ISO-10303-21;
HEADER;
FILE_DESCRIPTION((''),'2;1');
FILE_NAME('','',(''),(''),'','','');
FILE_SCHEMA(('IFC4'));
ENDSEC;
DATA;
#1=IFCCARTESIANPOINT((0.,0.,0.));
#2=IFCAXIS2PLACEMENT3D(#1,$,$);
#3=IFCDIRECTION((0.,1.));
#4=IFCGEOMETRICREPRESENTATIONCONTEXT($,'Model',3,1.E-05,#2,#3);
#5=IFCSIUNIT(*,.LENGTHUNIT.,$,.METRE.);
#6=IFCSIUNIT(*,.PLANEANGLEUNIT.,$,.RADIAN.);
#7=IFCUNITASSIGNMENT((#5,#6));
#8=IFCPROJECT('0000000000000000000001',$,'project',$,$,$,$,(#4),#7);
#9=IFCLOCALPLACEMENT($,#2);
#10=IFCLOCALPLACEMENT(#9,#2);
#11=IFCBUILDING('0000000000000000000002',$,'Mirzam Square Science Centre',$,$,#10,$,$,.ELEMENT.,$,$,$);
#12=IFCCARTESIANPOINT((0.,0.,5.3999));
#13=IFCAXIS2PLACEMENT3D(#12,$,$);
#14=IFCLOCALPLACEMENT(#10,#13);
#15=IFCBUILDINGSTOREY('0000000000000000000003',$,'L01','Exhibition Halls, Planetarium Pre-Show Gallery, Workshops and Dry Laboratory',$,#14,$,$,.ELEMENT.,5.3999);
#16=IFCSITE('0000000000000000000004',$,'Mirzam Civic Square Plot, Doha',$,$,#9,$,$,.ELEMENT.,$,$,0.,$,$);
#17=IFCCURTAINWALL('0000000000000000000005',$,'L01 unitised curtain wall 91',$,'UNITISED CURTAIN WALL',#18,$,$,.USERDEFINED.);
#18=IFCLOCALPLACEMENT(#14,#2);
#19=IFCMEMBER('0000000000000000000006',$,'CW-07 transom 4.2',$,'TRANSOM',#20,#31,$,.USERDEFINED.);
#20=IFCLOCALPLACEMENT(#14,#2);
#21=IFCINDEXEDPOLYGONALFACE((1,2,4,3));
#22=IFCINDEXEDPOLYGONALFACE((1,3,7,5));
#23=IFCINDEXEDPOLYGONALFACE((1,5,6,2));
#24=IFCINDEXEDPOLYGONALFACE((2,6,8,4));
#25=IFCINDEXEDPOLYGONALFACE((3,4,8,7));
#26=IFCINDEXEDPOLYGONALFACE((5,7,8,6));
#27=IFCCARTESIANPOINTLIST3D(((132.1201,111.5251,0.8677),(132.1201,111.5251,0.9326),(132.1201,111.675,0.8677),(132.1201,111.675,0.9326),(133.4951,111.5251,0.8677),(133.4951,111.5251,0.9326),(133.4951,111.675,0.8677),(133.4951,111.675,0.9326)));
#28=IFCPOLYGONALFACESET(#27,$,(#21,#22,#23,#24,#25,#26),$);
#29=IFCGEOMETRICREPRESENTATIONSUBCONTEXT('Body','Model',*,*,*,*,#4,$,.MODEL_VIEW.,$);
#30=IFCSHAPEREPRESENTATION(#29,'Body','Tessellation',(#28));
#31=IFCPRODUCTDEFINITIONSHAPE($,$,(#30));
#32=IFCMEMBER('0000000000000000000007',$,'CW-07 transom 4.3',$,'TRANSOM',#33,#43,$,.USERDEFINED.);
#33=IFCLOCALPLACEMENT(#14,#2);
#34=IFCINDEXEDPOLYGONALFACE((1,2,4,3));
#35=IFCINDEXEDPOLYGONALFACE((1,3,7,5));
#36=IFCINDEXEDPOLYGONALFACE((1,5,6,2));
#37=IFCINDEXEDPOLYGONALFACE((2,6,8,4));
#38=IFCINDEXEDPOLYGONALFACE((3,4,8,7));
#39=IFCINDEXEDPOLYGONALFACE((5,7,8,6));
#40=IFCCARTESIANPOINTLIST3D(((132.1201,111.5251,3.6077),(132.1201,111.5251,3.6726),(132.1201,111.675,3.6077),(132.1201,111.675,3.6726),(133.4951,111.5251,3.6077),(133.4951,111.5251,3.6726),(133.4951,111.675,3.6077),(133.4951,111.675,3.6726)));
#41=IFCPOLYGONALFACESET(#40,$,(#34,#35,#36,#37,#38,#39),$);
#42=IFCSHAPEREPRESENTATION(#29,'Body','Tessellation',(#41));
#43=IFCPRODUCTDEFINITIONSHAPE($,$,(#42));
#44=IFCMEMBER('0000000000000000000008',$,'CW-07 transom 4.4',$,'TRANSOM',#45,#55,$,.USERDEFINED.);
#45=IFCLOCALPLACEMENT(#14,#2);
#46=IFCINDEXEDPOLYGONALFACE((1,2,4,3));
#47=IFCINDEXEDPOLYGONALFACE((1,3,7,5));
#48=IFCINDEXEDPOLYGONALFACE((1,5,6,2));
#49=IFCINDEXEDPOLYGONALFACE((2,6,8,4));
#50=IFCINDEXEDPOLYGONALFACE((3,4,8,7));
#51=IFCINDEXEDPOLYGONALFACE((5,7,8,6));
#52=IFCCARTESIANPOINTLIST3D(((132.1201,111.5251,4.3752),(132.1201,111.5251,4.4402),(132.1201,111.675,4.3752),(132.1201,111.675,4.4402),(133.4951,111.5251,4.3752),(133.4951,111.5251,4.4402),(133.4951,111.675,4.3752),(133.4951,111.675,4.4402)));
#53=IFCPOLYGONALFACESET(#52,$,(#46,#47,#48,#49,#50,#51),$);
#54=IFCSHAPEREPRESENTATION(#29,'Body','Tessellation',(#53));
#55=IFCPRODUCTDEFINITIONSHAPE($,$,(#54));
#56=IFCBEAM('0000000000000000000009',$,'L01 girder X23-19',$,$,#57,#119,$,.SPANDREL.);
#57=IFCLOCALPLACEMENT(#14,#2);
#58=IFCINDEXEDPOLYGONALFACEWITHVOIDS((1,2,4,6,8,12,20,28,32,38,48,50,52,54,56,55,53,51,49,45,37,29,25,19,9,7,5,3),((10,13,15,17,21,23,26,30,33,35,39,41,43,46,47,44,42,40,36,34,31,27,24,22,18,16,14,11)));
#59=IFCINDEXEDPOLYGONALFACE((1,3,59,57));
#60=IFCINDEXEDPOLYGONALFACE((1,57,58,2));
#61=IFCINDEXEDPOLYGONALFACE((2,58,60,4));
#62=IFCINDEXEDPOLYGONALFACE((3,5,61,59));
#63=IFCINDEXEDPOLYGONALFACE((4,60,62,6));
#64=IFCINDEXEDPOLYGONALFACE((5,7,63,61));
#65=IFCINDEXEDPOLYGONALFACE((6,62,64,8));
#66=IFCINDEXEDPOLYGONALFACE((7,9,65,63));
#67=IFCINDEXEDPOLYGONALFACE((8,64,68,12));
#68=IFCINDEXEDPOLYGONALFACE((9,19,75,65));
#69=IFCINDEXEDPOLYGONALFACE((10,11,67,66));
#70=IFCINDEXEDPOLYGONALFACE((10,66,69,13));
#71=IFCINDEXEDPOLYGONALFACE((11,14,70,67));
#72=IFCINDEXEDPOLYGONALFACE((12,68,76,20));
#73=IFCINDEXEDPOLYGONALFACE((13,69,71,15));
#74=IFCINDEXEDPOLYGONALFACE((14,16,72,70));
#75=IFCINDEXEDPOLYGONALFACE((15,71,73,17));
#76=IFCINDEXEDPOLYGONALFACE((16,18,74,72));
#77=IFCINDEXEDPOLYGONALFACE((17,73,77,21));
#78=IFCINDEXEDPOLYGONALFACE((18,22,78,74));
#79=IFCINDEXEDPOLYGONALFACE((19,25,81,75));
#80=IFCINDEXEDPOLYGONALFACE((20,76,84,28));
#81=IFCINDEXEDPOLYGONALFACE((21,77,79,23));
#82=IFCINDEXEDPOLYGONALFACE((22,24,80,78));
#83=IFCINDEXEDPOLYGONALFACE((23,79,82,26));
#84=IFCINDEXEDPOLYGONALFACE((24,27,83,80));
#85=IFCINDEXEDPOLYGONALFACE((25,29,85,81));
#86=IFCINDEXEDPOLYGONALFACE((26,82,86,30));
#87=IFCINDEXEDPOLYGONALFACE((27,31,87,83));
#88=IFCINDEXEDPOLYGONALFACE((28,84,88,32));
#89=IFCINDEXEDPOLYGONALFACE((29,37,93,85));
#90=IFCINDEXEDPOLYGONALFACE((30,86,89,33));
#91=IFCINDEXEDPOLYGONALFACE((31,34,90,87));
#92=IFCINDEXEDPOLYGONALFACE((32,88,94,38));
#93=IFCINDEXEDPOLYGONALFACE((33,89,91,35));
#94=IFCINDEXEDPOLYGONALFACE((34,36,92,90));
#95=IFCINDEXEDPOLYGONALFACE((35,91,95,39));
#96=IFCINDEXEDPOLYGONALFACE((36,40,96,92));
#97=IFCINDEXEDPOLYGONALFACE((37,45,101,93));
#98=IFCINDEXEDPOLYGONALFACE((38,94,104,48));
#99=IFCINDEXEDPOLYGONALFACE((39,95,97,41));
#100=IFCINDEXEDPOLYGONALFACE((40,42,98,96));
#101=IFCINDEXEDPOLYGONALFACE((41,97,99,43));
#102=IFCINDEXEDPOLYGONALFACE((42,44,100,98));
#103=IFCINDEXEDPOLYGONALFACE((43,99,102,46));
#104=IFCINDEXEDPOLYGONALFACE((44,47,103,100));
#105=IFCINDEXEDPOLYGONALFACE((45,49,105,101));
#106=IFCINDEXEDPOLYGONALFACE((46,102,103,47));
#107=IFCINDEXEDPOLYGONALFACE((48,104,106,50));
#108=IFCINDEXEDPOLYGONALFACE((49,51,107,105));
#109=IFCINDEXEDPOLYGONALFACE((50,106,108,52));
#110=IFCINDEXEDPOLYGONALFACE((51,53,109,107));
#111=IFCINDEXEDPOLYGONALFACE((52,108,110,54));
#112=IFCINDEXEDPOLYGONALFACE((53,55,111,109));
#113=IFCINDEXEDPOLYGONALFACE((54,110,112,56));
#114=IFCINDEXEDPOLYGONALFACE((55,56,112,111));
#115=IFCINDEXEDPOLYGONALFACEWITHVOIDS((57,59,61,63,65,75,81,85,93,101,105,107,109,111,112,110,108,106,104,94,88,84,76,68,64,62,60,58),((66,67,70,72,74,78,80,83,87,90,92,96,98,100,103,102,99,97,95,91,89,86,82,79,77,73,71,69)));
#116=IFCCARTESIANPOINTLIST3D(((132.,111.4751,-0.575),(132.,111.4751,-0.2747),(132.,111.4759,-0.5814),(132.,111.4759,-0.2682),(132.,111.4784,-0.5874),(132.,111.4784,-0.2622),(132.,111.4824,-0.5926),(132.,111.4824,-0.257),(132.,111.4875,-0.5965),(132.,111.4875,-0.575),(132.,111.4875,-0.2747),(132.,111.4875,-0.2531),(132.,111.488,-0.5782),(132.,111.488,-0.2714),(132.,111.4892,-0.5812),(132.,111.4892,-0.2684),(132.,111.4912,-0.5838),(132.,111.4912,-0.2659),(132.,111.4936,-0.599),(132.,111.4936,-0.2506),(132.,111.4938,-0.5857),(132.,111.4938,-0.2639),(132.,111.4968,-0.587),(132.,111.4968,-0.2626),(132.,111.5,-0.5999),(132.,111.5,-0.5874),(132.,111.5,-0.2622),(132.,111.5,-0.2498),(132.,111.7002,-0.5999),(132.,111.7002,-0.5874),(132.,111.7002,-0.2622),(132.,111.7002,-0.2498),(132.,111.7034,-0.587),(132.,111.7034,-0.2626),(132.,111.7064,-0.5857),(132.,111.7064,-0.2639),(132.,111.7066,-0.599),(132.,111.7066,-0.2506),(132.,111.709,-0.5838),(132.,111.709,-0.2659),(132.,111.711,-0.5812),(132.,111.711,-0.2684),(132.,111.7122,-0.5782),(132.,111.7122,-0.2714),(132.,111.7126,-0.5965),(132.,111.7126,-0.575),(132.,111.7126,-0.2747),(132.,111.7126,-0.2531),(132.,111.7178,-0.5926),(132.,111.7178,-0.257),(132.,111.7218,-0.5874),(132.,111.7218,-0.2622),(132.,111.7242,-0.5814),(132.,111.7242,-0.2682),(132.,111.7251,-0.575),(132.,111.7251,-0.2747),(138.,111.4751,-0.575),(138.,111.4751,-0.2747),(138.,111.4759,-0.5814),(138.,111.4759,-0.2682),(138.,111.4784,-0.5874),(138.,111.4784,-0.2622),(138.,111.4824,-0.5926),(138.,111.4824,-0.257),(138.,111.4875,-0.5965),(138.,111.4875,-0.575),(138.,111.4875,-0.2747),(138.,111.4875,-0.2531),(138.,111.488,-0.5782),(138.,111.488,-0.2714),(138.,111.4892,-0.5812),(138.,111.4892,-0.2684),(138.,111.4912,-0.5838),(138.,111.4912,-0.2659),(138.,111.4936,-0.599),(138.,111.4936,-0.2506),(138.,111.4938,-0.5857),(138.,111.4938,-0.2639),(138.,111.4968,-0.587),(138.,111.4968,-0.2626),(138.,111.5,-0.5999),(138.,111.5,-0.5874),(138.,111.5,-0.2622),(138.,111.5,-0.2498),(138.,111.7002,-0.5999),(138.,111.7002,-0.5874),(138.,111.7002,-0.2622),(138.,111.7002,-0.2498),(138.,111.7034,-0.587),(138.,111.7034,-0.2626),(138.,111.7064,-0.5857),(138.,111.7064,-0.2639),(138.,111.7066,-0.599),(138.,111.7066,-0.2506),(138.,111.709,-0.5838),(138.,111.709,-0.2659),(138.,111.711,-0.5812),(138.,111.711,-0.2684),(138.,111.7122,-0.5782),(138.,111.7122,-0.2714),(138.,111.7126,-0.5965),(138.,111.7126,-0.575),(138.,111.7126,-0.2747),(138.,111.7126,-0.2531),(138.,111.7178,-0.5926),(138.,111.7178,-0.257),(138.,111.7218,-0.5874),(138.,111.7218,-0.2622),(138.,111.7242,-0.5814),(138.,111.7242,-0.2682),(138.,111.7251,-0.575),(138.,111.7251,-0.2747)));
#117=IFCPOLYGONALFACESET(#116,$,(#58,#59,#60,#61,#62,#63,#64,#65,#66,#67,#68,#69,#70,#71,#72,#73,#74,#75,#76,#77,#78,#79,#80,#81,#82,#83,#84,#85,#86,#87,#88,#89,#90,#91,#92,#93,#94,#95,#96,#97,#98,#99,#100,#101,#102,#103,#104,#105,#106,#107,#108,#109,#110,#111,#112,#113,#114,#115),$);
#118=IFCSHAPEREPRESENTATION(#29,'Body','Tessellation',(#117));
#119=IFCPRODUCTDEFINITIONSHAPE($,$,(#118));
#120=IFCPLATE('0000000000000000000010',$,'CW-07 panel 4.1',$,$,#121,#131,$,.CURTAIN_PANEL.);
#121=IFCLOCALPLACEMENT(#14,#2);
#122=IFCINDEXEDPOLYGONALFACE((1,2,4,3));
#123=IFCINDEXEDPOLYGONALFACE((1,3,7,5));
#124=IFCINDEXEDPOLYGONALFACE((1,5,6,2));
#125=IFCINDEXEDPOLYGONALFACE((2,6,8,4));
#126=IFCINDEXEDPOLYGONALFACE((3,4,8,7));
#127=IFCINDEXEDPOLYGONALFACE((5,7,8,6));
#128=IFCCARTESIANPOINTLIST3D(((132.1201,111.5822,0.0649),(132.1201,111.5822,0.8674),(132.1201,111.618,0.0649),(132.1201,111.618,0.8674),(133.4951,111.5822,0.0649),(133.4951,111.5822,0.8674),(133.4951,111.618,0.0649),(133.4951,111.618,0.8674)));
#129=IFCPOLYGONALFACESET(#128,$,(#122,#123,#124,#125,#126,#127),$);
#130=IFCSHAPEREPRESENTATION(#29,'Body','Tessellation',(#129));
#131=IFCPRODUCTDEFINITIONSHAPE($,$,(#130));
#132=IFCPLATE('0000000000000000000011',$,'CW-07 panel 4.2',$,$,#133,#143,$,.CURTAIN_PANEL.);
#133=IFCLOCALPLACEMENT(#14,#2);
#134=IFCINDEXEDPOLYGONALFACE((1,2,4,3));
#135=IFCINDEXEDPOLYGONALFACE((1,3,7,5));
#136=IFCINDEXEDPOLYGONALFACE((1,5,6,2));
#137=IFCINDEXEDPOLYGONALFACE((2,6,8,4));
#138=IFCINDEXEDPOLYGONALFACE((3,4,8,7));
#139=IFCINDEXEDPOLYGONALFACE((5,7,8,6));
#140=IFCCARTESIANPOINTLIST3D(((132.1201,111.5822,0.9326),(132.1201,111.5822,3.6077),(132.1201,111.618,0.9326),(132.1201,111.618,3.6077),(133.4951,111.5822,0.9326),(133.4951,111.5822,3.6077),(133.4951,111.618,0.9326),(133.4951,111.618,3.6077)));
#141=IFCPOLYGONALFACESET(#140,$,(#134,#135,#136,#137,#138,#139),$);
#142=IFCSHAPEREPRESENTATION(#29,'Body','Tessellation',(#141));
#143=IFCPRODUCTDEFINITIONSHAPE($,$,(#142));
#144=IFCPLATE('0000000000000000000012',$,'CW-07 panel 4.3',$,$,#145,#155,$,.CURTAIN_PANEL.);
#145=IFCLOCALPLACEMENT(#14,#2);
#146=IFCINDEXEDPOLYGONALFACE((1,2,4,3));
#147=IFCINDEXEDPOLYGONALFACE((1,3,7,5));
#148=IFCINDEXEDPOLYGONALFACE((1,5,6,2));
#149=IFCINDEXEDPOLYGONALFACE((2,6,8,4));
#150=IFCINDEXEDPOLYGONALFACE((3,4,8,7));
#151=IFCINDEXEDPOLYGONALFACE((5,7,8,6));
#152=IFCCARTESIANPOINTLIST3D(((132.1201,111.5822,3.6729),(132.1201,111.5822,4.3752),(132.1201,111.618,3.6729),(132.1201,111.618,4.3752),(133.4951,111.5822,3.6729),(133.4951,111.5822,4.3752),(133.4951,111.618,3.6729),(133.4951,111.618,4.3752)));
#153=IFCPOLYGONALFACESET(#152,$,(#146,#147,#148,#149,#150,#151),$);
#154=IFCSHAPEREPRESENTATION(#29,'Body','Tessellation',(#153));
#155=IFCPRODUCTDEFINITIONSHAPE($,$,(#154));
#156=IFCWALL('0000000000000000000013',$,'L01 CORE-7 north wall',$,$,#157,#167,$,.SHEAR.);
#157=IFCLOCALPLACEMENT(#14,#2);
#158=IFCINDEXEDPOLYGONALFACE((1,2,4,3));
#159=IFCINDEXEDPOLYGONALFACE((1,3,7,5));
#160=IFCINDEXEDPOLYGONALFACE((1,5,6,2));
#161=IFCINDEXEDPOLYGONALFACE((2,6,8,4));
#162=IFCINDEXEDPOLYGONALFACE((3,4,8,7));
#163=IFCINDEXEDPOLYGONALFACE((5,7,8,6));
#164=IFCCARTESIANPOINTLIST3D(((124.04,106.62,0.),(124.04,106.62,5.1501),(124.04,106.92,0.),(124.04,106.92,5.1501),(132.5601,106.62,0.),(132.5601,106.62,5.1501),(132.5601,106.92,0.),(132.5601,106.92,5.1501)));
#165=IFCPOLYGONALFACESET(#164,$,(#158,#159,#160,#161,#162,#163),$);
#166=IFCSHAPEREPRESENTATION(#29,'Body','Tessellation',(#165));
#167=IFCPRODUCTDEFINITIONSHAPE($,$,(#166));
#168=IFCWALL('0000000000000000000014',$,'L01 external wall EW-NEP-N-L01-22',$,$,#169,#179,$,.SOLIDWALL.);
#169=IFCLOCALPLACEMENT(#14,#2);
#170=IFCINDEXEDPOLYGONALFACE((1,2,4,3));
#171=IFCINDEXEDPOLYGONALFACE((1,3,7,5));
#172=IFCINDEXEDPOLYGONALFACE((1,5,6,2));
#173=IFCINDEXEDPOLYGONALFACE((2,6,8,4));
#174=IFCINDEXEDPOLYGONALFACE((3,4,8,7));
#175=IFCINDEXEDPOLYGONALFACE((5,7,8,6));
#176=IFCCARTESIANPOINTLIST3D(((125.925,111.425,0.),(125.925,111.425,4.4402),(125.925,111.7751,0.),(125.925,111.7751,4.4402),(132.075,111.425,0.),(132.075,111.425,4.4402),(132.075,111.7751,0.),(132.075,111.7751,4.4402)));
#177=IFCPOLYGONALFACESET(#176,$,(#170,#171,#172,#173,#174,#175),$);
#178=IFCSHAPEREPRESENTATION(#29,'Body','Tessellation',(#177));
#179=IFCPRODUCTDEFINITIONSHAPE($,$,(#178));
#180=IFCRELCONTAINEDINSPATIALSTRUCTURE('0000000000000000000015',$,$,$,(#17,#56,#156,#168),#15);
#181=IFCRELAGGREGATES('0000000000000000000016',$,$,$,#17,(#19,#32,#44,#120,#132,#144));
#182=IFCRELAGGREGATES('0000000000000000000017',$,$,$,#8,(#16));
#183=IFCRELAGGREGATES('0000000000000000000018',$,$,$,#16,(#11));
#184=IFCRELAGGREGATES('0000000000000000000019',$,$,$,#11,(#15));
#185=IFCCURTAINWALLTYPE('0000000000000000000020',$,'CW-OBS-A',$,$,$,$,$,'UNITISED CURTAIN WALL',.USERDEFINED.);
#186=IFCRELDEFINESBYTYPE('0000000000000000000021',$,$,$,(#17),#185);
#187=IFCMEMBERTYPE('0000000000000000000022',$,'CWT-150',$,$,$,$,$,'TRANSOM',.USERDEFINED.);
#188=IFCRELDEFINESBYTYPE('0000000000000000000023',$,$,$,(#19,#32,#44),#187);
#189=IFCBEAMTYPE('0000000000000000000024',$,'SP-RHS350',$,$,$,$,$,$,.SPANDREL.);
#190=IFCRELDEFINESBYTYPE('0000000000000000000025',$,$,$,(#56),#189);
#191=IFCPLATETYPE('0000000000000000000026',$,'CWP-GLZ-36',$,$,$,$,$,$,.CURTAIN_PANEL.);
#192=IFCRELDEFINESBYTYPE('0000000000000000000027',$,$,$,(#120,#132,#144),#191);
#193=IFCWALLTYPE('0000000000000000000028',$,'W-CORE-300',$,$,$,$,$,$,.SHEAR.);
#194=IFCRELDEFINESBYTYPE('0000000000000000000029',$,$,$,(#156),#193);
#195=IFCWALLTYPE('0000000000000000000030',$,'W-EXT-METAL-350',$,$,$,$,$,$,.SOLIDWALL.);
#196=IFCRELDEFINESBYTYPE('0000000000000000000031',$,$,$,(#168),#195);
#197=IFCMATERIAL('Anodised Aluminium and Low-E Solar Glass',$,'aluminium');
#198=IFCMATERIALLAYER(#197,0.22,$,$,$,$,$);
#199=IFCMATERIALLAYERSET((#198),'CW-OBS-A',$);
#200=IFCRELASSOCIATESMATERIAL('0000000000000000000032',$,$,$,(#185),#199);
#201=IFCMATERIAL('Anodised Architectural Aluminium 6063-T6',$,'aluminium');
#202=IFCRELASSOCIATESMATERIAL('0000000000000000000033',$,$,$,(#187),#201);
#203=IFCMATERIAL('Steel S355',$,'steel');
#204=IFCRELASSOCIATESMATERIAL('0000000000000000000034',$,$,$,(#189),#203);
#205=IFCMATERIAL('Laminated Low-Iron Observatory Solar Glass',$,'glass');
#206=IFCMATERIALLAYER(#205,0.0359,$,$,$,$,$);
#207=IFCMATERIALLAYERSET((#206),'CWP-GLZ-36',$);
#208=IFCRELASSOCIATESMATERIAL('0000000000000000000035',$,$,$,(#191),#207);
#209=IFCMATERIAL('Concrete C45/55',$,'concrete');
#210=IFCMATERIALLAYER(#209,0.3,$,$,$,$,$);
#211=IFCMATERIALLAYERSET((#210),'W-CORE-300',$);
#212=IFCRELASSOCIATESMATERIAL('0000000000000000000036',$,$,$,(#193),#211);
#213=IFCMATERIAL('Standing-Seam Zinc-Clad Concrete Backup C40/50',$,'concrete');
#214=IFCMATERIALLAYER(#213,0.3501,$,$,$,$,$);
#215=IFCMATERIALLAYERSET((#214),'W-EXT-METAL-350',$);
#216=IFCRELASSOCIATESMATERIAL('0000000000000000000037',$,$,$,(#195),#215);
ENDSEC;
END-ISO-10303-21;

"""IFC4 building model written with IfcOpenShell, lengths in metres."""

from ifc_helpers import new_model, si_unit, direction, frame, frame_2d, origin, origin_2d, place, context, subcontext, project, spatial, rectangle, hollow_rectangle, extrude, material, layer, layer_set, material_profile, profile_set, type_object, element, aggregate, save


model = new_model("IFC4")

# Units and contexts
model_context = context("Model", 3, precision=1e-05, world=origin(), true_north=direction((0.0, 1.0)))
body_context = subcontext(model_context, "Body", "Model", "MODEL_VIEW")
ifc_project = project(units=[si_unit("LENGTHUNIT", "METRE"), si_unit("PLANEANGLEUNIT", "RADIAN")], contexts=[model_context])

# Site, building, storey
site_placement = place(None, origin())
site = spatial("IfcSite", under=ifc_project, at=site_placement, Name="Mirzam Civic Square Plot, Doha", CompositionType="ELEMENT", RefElevation=0.0)
building_placement = place(site_placement, origin())
building = spatial("IfcBuilding", under=site, at=building_placement, Name="Mirzam Square Science Centre", CompositionType="ELEMENT")
storey_placement = place(building_placement, frame((0.0, 0.0, 5.3999)))
storey = spatial("IfcBuildingStorey", under=building, at=storey_placement, Name="L01", Description="Exhibition Halls, Planetarium Pre-Show Gallery, Workshops and Dry Laboratory", CompositionType="ELEMENT", Elevation=5.3999)

# Shared definitions
ifc_material_1 = material(Name="Steel S355", Category="steel")

# Curtain wall, members
ifc_material_2 = material(Name="Anodised Aluminium and Low-E Solar Glass", Category="aluminium")
ifc_layer_1 = layer(ifc_material_2, 0.22)
ifc_layer_set_1 = layer_set([ifc_layer_1], Name="CW-OBS-A")
curtain_wall_type = type_object("IfcCurtainWallType", Name="CW-OBS-A", ElementType="UNITISED CURTAIN WALL", PredefinedType="USERDEFINED", material=ifc_layer_set_1)
curtain_wall_placement = place(storey_placement, origin())
curtain_wall = element("IfcCurtainWall", 1, at=curtain_wall_placement, inside=storey, type_object=curtain_wall_type, Name="L01 unitised curtain wall 91", ObjectType="UNITISED CURTAIN WALL", PredefinedType="USERDEFINED")
ifc_material_3 = material(Name="Anodised Architectural Aluminium 6063-T6", Category="aluminium")
ifc_material_profile_1 = material_profile(ifc_material_3, rectangle(XDim=0.1499, YDim=0.0649, at=origin_2d()), Name="ALU-TRAN-150x65x4")
ifc_profile_set_1 = profile_set([ifc_material_profile_1], Name="Anodised Architectural Aluminium 6063-T6")
member_type_1 = type_object("IfcMemberType", Name="CWT-150", ElementType="TRANSOM", PredefinedType="USERDEFINED", material=ifc_profile_set_1)
member_1_placement = place(storey_placement, frame((133.4951, 111.6001, 0.9001), z_axis=(-1.0, 0.0, 0.0), x_axis=(0.0, -1.0, 0.0)))
member_1 = element("IfcMember", 2, at=member_1_placement, type_object=member_type_1, Name="CW-07 transom 4.2", ObjectType="TRANSOM", PredefinedType="USERDEFINED", context=body_context, shape_type="SweptSolid", body=[
    extrude(rectangle(XDim=0.1499, YDim=0.0649, at=origin_2d()), origin(), (0.0, 0.0, 1.0), 1.375),
])
member_2_placement = place(storey_placement, frame((133.4951, 111.6001, 3.6401), z_axis=(-1.0, 0.0, 0.0), x_axis=(0.0, -1.0, 0.0)))
member_2 = element("IfcMember", 3, at=member_2_placement, type_object=member_type_1, Name="CW-07 transom 4.3", ObjectType="TRANSOM", PredefinedType="USERDEFINED", context=body_context, shape_type="SweptSolid", body=[
    extrude(rectangle(XDim=0.1499, YDim=0.0649, at=origin_2d()), origin(), (0.0, 0.0, 1.0), 1.375),
])
member_3_placement = place(storey_placement, frame((133.4951, 111.6001, 4.4077), z_axis=(-1.0, 0.0, 0.0), x_axis=(0.0, -1.0, 0.0)))
member_3 = element("IfcMember", 4, at=member_3_placement, type_object=member_type_1, Name="CW-07 transom 4.4", ObjectType="TRANSOM", PredefinedType="USERDEFINED", context=body_context, shape_type="SweptSolid", body=[
    extrude(rectangle(XDim=0.1499, YDim=0.0649, at=origin_2d()), origin(), (0.0, 0.0, 1.0), 1.375),
])

# Beam
ifc_material_profile_2 = material_profile(ifc_material_1, hollow_rectangle(XDim=0.25, YDim=0.3501, WallThickness=0.0125, InnerFilletRadius=0.0125, OuterFilletRadius=0.0249, at=origin_2d()), Name="350x250x12.5RHS")
ifc_profile_set_2 = profile_set([ifc_material_profile_2], Name="Steel S355")
beam_type = type_object("IfcBeamType", Name="SP-RHS350", PredefinedType="SPANDREL", material=ifc_profile_set_2)
beam_placement = place(storey_placement, frame((132.0, 111.6001, -0.4248), z_axis=(1.0, 0.0, 0.0), x_axis=(0.0, 1.0, 0.0)))
element("IfcBeam", 5, at=beam_placement, inside=storey, type_object=beam_type, Name="L01 girder X23-19", PredefinedType="SPANDREL", context=body_context, shape_type="SweptSolid", body=[
    extrude(hollow_rectangle(XDim=0.25, YDim=0.3501, WallThickness=0.0125, InnerFilletRadius=0.0125, OuterFilletRadius=0.0249, at=origin_2d()), origin(), (0.0, 0.0, 1.0), 6.0),
])

# Plates
ifc_material_4 = material(Name="Laminated Low-Iron Observatory Solar Glass", Category="glass")
ifc_layer_2 = layer(ifc_material_4, 0.0359)
ifc_layer_set_2 = layer_set([ifc_layer_2], Name="CWP-GLZ-36")
plate_type = type_object("IfcPlateType", Name="CWP-GLZ-36", PredefinedType="CURTAIN_PANEL", material=ifc_layer_set_2)
plate_1_placement = place(storey_placement, frame((132.8076, 111.6001, 0.0649), z_axis=(0.0, 0.0, 1.0), x_axis=(-1.0, 0.0, 0.0)))
plate_1 = element("IfcPlate", 6, at=plate_1_placement, type_object=plate_type, Name="CW-07 panel 4.1", PredefinedType="CURTAIN_PANEL", context=body_context, shape_type="SweptSolid", body=[
    extrude(rectangle(XDim=1.375, YDim=0.0359, at=origin_2d()), origin(), (0.0, 0.0, 1.0), 0.8025),
])
plate_2_placement = place(storey_placement, frame((132.8076, 111.6001, 0.9326), z_axis=(0.0, 0.0, 1.0), x_axis=(-1.0, 0.0, 0.0)))
plate_2 = element("IfcPlate", 7, at=plate_2_placement, type_object=plate_type, Name="CW-07 panel 4.2", PredefinedType="CURTAIN_PANEL", context=body_context, shape_type="SweptSolid", body=[
    extrude(rectangle(XDim=1.375, YDim=0.0359, at=origin_2d()), origin(), (0.0, 0.0, 1.0), 2.675),
])
plate_3_placement = place(storey_placement, frame((132.8076, 111.6001, 3.6729), z_axis=(0.0, 0.0, 1.0), x_axis=(-1.0, 0.0, 0.0)))
plate_3 = element("IfcPlate", 8, at=plate_3_placement, type_object=plate_type, Name="CW-07 panel 4.3", PredefinedType="CURTAIN_PANEL", context=body_context, shape_type="SweptSolid", body=[
    extrude(rectangle(XDim=1.375, YDim=0.0359, at=origin_2d()), origin(), (0.0, 0.0, 1.0), 0.7024),
])
aggregate(curtain_wall, [member_1, member_2, member_3, plate_1, plate_2, plate_3])

# Walls
ifc_material_5 = material(Name="Concrete C45/55", Category="concrete")
ifc_layer_3 = layer(ifc_material_5, 0.3)
ifc_layer_set_3 = layer_set([ifc_layer_3], Name="W-CORE-300")
wall_type_1 = type_object("IfcWallType", Name="W-CORE-300", PredefinedType="SHEAR", material=ifc_layer_set_3)
wall_1_placement = place(storey_placement, frame((132.5601, 106.77, 0.0), z_axis=(0.0, 0.0, 1.0), x_axis=(-1.0, 0.0, 0.0)))
element("IfcWall", 9, at=wall_1_placement, inside=storey, type_object=wall_type_1, Name="L01 CORE-7 north wall", PredefinedType="SHEAR", context=body_context, shape_type="SweptSolid", body=[
    extrude(rectangle(XDim=8.52, YDim=0.3, at=frame_2d((4.26, 0.0))), origin(), (0.0, 0.0, 1.0), 5.1501),
])
ifc_material_6 = material(Name="Standing-Seam Zinc-Clad Concrete Backup C40/50", Category="concrete")
ifc_layer_4 = layer(ifc_material_6, 0.3501)
ifc_layer_set_4 = layer_set([ifc_layer_4], Name="W-EXT-METAL-350")
wall_type_2 = type_object("IfcWallType", Name="W-EXT-METAL-350", PredefinedType="SOLIDWALL", material=ifc_layer_set_4)
wall_2_placement = place(storey_placement, frame((132.075, 111.6001, 0.0), z_axis=(0.0, 0.0, 1.0), x_axis=(-1.0, 0.0, 0.0)))
element("IfcWall", 10, at=wall_2_placement, inside=storey, type_object=wall_type_2, Name="L01 external wall EW-NEP-N-L01-22", PredefinedType="SOLIDWALL", context=body_context, shape_type="SweptSolid", body=[
    extrude(rectangle(XDim=6.1499, YDim=0.3501, at=frame_2d((3.075, 0.0))), origin(), (0.0, 0.0, 1.0), 4.4402),
])

save(model, "model.ifc")
